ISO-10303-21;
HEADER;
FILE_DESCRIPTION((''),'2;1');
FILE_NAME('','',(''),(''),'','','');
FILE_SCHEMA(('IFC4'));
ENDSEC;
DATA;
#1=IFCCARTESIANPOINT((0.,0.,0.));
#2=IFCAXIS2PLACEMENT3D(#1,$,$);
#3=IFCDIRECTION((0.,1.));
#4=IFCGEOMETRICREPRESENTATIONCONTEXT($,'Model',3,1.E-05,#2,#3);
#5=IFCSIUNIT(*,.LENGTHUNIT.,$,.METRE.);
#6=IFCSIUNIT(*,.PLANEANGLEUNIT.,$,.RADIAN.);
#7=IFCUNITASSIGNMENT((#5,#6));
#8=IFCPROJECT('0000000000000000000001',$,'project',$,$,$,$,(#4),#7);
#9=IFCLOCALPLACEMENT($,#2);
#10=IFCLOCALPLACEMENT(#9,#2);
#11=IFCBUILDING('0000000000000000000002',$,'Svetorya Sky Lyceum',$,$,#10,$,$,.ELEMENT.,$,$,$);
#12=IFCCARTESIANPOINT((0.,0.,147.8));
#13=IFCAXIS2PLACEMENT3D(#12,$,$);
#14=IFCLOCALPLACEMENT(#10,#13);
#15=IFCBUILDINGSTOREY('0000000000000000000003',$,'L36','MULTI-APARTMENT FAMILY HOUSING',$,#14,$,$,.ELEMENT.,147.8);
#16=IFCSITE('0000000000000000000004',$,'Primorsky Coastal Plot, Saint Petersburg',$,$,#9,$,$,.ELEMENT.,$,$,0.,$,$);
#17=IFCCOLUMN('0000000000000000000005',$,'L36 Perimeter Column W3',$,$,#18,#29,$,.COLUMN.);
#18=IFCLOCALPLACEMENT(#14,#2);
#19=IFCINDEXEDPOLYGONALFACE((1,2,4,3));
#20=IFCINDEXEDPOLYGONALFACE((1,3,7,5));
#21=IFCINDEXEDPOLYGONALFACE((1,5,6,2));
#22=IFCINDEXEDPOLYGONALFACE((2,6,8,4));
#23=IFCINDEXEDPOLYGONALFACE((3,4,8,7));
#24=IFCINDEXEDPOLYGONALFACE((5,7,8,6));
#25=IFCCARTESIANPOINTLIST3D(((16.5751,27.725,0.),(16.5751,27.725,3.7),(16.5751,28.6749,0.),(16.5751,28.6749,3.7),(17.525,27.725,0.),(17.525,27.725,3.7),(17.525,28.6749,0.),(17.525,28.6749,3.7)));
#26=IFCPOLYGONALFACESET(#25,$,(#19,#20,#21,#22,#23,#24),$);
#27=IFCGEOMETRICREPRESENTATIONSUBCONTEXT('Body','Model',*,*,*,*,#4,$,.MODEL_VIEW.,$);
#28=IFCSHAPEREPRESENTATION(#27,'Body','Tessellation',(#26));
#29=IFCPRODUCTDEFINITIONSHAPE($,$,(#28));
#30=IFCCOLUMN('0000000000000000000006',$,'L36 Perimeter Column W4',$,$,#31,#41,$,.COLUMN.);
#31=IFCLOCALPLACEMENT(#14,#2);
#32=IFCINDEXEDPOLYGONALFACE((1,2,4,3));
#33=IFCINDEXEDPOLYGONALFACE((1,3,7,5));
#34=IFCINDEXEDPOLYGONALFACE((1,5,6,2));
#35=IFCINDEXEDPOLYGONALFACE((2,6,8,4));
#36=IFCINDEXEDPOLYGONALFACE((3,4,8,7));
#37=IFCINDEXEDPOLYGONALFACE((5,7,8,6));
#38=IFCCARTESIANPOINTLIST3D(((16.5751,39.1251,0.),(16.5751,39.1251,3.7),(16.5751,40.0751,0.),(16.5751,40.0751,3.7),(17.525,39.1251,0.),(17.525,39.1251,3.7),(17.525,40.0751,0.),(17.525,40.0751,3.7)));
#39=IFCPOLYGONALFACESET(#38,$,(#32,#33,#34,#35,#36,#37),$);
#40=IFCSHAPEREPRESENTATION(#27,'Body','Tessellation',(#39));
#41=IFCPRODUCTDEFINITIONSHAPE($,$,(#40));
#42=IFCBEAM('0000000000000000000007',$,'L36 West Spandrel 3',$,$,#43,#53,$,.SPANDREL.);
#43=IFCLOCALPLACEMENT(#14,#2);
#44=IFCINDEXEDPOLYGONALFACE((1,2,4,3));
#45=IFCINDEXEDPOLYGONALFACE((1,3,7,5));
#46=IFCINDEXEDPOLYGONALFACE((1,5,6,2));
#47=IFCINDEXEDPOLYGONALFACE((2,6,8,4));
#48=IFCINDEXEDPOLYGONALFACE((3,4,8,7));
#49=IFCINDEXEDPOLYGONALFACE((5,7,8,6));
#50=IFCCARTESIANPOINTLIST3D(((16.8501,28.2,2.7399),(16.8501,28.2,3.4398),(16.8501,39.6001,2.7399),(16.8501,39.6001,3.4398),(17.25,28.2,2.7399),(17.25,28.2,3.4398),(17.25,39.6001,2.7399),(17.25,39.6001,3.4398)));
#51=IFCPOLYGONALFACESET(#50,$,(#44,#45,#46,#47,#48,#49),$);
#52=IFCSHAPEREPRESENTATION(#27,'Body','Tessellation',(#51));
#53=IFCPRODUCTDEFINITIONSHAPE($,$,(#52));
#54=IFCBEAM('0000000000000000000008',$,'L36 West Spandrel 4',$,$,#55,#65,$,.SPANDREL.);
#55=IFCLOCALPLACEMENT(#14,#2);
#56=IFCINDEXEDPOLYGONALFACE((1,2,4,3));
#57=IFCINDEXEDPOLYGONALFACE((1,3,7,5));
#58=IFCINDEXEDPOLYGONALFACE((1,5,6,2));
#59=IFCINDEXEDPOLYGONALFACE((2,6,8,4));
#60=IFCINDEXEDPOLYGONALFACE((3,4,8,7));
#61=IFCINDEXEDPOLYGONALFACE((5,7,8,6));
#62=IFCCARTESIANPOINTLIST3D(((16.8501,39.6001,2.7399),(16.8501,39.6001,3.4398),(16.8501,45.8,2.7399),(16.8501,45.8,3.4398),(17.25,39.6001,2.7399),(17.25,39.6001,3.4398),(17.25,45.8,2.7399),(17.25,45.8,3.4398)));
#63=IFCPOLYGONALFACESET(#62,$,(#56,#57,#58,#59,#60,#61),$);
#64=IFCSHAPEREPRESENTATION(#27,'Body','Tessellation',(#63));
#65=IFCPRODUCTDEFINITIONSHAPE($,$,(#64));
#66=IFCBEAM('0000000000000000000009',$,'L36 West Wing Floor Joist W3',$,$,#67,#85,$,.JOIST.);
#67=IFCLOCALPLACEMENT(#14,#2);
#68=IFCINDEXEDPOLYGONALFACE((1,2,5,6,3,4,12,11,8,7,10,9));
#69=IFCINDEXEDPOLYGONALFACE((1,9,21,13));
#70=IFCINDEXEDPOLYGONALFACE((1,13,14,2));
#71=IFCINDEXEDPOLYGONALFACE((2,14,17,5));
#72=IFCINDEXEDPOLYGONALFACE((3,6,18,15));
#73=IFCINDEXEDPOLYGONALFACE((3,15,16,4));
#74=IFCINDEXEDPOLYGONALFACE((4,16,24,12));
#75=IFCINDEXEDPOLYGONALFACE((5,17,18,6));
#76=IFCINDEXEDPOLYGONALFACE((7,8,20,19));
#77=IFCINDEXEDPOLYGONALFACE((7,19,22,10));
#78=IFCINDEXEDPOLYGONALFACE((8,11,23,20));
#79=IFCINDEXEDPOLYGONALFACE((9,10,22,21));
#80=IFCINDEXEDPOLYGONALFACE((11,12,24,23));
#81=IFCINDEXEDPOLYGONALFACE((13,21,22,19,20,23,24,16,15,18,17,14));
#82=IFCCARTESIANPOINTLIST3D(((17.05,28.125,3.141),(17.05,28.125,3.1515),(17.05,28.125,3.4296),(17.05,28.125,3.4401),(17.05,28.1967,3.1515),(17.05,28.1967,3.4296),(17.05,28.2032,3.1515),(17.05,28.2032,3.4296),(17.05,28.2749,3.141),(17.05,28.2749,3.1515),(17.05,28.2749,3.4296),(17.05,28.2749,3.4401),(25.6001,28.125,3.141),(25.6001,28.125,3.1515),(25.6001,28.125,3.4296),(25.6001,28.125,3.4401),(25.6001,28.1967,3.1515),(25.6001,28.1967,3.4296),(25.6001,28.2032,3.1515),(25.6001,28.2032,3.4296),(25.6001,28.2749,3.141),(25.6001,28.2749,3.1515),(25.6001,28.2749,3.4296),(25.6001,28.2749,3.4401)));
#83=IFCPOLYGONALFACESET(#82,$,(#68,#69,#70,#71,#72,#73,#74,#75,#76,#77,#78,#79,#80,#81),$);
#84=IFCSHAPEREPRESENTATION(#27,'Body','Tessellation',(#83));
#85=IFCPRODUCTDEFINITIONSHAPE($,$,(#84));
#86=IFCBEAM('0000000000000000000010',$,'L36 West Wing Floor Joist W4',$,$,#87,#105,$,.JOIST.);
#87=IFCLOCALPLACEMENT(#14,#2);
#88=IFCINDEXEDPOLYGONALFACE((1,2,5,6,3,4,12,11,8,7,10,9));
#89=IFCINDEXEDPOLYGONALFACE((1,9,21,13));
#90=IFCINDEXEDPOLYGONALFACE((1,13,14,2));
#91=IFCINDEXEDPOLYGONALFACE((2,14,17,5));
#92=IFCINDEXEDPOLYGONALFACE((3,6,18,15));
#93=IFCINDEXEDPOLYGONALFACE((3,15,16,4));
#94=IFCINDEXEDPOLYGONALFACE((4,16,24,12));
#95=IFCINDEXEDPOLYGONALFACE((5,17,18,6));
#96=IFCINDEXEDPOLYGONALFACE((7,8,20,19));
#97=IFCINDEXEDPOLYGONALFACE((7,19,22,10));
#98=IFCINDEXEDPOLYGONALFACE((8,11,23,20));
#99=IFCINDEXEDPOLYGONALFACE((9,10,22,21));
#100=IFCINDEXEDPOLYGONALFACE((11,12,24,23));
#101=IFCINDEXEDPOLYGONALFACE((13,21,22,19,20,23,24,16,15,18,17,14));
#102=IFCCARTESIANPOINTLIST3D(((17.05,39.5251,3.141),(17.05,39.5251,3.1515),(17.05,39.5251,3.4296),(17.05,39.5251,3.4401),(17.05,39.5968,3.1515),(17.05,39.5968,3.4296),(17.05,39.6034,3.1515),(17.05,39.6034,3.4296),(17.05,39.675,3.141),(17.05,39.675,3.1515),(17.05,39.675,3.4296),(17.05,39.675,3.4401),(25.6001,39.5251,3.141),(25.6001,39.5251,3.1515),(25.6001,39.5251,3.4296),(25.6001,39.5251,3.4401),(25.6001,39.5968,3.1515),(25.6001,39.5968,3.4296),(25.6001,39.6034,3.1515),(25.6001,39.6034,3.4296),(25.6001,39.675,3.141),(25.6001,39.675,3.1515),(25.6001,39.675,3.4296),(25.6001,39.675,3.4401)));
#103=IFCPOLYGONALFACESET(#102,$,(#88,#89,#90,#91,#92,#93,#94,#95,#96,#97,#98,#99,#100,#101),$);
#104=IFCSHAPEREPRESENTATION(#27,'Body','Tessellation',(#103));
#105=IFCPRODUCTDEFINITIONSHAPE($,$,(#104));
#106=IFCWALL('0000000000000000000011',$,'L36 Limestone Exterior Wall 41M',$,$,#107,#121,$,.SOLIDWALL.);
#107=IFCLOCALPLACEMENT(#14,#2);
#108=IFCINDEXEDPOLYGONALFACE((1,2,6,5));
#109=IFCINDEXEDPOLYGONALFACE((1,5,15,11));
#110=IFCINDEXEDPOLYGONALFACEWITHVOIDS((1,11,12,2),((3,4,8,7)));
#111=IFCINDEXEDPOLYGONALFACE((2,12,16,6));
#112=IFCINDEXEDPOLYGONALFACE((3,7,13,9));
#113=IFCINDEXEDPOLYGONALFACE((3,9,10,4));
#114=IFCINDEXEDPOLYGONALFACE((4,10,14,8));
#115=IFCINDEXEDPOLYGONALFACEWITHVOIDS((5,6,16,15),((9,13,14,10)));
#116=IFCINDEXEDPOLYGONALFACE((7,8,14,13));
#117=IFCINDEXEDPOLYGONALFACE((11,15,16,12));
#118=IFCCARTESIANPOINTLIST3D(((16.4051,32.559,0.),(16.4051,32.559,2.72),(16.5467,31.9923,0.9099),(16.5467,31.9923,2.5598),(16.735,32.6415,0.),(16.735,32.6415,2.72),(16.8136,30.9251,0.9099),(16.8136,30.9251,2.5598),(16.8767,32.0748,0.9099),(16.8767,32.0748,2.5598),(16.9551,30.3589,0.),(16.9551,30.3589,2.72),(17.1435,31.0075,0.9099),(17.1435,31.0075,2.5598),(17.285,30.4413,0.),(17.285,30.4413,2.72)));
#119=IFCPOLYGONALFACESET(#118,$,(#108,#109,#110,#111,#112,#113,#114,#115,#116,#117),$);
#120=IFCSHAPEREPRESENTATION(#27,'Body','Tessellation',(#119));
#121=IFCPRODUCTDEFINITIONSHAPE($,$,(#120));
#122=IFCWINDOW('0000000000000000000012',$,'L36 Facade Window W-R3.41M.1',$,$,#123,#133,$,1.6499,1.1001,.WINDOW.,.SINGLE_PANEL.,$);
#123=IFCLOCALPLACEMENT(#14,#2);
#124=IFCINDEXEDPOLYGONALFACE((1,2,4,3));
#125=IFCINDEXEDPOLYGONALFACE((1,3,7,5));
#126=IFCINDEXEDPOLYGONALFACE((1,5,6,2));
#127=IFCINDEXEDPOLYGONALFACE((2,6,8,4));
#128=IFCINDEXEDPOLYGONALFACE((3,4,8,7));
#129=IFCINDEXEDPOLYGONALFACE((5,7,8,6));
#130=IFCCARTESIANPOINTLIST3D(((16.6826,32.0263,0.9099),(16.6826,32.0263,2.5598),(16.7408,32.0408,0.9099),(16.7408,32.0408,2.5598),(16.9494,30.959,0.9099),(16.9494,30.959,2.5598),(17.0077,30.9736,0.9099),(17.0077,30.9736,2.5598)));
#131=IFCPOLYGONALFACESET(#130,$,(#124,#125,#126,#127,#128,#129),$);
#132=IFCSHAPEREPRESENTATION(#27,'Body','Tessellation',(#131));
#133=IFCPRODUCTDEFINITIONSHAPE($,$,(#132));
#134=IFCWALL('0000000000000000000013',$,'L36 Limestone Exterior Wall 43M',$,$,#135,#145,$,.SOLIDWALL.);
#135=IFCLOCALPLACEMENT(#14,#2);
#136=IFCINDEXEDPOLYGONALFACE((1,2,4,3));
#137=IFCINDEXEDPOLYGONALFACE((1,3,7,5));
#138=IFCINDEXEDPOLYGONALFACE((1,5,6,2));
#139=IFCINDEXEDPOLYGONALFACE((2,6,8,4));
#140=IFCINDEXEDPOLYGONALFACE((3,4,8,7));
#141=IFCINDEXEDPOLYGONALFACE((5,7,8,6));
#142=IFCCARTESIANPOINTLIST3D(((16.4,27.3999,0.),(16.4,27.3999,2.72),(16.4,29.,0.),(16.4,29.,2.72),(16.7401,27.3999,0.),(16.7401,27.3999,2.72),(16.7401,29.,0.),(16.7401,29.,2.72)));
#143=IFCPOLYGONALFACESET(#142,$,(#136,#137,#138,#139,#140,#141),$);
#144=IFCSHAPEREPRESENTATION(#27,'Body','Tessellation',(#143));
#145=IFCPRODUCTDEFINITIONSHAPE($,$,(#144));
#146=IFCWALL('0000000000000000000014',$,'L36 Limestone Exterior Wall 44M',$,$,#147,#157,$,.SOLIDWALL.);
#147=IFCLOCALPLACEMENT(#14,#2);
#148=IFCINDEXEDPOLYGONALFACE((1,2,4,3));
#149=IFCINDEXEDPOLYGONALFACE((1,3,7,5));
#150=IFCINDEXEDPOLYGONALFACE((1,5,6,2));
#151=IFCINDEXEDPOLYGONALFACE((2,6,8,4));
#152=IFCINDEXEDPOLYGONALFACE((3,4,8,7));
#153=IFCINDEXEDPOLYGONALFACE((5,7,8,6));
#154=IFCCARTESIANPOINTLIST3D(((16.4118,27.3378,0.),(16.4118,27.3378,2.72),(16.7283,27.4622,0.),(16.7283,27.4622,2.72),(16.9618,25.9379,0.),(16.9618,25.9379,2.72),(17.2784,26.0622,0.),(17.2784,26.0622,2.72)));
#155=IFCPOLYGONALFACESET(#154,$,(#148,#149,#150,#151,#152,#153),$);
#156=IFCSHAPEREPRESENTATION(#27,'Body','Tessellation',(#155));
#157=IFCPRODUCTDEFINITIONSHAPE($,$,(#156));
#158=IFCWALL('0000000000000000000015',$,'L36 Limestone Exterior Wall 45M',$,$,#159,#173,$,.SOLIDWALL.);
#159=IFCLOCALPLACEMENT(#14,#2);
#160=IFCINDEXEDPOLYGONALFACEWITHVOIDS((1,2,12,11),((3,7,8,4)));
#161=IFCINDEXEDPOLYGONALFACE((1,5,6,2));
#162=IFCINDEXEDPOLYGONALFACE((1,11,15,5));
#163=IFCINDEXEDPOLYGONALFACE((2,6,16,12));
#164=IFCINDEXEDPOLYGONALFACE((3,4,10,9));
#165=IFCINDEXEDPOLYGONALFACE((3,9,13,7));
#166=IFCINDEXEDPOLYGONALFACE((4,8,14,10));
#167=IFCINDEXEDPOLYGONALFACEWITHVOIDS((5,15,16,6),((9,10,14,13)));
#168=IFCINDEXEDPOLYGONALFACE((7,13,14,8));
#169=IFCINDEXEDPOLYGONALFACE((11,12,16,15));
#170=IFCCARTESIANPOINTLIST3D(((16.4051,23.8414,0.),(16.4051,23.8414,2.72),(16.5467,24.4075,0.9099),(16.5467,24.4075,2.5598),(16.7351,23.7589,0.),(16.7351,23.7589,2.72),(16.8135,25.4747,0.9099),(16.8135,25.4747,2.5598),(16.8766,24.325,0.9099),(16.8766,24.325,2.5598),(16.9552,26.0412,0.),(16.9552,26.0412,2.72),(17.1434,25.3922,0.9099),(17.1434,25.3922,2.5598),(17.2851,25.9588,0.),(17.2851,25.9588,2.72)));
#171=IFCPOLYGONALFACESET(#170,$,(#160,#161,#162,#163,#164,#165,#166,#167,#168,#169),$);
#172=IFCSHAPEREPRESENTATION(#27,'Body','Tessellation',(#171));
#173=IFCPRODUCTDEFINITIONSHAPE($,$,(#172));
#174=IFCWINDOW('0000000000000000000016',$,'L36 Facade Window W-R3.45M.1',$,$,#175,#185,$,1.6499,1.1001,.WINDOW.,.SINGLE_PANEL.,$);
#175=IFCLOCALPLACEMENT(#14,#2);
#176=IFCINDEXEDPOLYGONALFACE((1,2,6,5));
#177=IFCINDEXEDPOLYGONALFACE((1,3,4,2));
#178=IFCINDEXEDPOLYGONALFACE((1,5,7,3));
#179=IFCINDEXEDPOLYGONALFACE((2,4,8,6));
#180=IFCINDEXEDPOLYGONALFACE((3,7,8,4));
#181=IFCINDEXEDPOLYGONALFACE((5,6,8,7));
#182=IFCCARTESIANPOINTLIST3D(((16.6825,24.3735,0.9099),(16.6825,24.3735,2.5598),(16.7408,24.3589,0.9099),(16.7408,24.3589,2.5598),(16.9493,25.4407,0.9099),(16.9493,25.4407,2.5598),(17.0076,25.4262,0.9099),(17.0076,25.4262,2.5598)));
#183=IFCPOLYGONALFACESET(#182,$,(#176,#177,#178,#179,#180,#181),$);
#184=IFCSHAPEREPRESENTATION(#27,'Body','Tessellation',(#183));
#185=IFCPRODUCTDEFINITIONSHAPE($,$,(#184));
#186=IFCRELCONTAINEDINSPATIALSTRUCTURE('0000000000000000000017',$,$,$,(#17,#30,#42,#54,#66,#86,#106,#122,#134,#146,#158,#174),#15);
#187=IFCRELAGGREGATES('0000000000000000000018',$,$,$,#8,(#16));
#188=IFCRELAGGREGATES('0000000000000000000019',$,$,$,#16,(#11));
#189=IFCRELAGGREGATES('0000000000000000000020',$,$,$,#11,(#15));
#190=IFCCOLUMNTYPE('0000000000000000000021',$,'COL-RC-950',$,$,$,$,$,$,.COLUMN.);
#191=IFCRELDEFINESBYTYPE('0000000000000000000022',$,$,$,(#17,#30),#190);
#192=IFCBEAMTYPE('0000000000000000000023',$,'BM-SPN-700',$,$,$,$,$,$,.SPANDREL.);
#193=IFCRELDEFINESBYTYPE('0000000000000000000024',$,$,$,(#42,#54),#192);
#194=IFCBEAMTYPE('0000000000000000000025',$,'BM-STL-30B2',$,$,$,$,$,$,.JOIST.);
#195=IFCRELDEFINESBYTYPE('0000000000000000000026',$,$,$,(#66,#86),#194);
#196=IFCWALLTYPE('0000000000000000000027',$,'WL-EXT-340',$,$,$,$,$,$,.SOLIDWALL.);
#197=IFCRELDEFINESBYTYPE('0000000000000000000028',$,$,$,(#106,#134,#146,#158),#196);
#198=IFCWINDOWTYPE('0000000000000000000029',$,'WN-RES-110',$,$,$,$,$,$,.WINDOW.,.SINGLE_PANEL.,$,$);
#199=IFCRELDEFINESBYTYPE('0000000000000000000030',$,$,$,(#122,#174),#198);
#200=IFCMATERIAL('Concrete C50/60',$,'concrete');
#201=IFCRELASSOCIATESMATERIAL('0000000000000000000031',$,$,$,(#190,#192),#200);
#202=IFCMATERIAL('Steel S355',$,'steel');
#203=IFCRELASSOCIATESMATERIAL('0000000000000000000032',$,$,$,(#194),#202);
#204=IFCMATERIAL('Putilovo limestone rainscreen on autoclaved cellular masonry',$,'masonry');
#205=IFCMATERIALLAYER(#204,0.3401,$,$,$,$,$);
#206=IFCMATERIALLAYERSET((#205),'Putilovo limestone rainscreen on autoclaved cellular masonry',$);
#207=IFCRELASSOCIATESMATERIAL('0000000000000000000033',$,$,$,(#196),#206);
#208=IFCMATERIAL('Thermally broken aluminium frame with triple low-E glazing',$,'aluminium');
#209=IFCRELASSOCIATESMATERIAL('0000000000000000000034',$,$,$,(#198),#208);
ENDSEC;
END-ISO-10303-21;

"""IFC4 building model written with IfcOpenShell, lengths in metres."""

from ifc_helpers import new_model, si_unit, direction, frame, frame_2d, origin, origin_2d, place, context, subcontext, project, spatial, rectangle, i_section, extrude, material, layer, layer_set, material_profile, profile_set, type_object, element, fill, save


model = new_model("IFC4")

# Units and contexts
model_context = context("Model", 3, precision=1e-05, world=origin(), true_north=direction((0.0, 1.0)))
body_context = subcontext(model_context, "Body", "Model", "MODEL_VIEW")
ifc_project = project(units=[si_unit("LENGTHUNIT", "METRE"), si_unit("PLANEANGLEUNIT", "RADIAN")], contexts=[model_context])

# Site, building, storey
site_placement = place(None, origin())
site = spatial("IfcSite", under=ifc_project, at=site_placement, Name="Primorsky Coastal Plot, Saint Petersburg", CompositionType="ELEMENT", RefElevation=0.0)
building_placement = place(site_placement, origin())
building = spatial("IfcBuilding", under=site, at=building_placement, Name="Svetorya Sky Lyceum", CompositionType="ELEMENT")
storey_placement = place(building_placement, frame((0.0, 0.0, 147.8)))
storey = spatial("IfcBuildingStorey", under=building, at=storey_placement, Name="L36", Description="MULTI-APARTMENT FAMILY HOUSING", CompositionType="ELEMENT", Elevation=147.8)

# Columns
ifc_material_1 = material(Name="Concrete C50/60", Category="concrete")
ifc_material_profile_1 = material_profile(ifc_material_1, rectangle(XDim=0.95, YDim=0.95, at=origin_2d()), Name="RC COL 950x950")
ifc_profile_set_1 = profile_set([ifc_material_profile_1], Name="Concrete C50/60")
column_type = type_object("IfcColumnType", Name="COL-RC-950", PredefinedType="COLUMN", material=ifc_profile_set_1)
for number, where, z_axis, x_axis, name in (
    (1, (17.05, 28.2, 0.0), (0.0, 0.0, 1.0), (1.0, 0.0, 0.0), "L36 Perimeter Column W3"),
    (2, (17.05, 39.6001, 0.0), (0.0, 0.0, 1.0), (1.0, 0.0, 0.0), "L36 Perimeter Column W4"),
):
    element("IfcColumn", number, at=place(storey_placement, frame(where, z_axis=z_axis, x_axis=x_axis)), inside=storey, type_object=column_type, Name=name, PredefinedType="COLUMN", context=body_context, shape_type="SweptSolid", body=[
        extrude(rectangle(XDim=0.95, YDim=0.95, at=origin_2d()), origin(), (0.0, 0.0, 1.0), 3.7),
    ])

# Beams
ifc_material_profile_2 = material_profile(ifc_material_1, rectangle(XDim=0.3999, YDim=0.7, at=origin_2d()), Name="RC SPANDREL 400x700")
ifc_profile_set_2 = profile_set([ifc_material_profile_2], Name="Concrete C50/60")
beam_type_1 = type_object("IfcBeamType", Name="BM-SPN-700", PredefinedType="SPANDREL", material=ifc_profile_set_2)
beam_1_placement = place(storey_placement, frame((17.05, 28.2, 3.0898), z_axis=(0.0, 1.0, 0.0), x_axis=(-1.0, 0.0, 0.0)))
element("IfcBeam", 3, at=beam_1_placement, inside=storey, type_object=beam_type_1, Name="L36 West Spandrel 3", PredefinedType="SPANDREL", context=body_context, shape_type="SweptSolid", body=[
    extrude(rectangle(XDim=0.3999, YDim=0.7, at=origin_2d()), origin(), (0.0, 0.0, 1.0), 11.4001),
])
beam_2_placement = place(storey_placement, frame((17.05, 39.6001, 3.0898), z_axis=(0.0, 1.0, 0.0), x_axis=(-1.0, 0.0, 0.0)))
element("IfcBeam", 4, at=beam_2_placement, inside=storey, type_object=beam_type_1, Name="L36 West Spandrel 4", PredefinedType="SPANDREL", context=body_context, shape_type="SweptSolid", body=[
    extrude(rectangle(XDim=0.3999, YDim=0.7, at=origin_2d()), origin(), (0.0, 0.0, 1.0), 6.2),
])
ifc_material_2 = material(Name="Steel S355", Category="steel")
ifc_material_profile_3 = material_profile(ifc_material_2, i_section(OverallWidth=0.1499, OverallDepth=0.2991, WebThickness=0.0066, FlangeThickness=0.0105, at=origin_2d()), Name="GOST 30B2")
ifc_profile_set_3 = profile_set([ifc_material_profile_3], Name="Steel S355")
beam_type_2 = type_object("IfcBeamType", Name="BM-STL-30B2", PredefinedType="JOIST", material=ifc_profile_set_3)
for number, where, z_axis, x_axis, name in (
    (5, (17.05, 28.2, 3.2905), (1.0, 0.0, 0.0), (0.0, 1.0, 0.0), "L36 West Wing Floor Joist W3"),
    (6, (17.05, 39.6001, 3.2905), (1.0, 0.0, 0.0), (0.0, 1.0, 0.0), "L36 West Wing Floor Joist W4"),
):
    element("IfcBeam", number, at=place(storey_placement, frame(where, z_axis=z_axis, x_axis=x_axis)), inside=storey, type_object=beam_type_2, Name=name, PredefinedType="JOIST", context=body_context, shape_type="SweptSolid", body=[
        extrude(i_section(OverallWidth=0.1499, OverallDepth=0.2991, WebThickness=0.0066, FlangeThickness=0.0105, at=origin_2d()), origin(), (0.0, 0.0, 1.0), 8.55),
    ])

# Wall, opening, window
ifc_material_3 = material(Name="Putilovo limestone rainscreen on autoclaved cellular masonry", Category="masonry")
ifc_layer_1 = layer(ifc_material_3, 0.3401)
ifc_layer_set_1 = layer_set([ifc_layer_1], Name="Putilovo limestone rainscreen on autoclaved cellular masonry")
wall_type_1 = type_object("IfcWallType", Name="WL-EXT-340", PredefinedType="SOLIDWALL", material=ifc_layer_set_1)
wall_1_placement = place(storey_placement, frame((16.5701, 32.6001, 0.0), z_axis=(0.0, 0.0, 1.0), x_axis=(0.242536, -0.970143, 0.0)))
wall_1 = element("IfcWall", 7, at=wall_1_placement, inside=storey, type_object=wall_type_1, Name="L36 Limestone Exterior Wall 41M", PredefinedType="SOLIDWALL", context=body_context, shape_type="SweptSolid", body=[
    extrude(rectangle(XDim=2.2678, YDim=0.3401, at=frame_2d((1.1338, 0.0))), origin(), (0.0, 0.0, 1.0), 2.72),
])
opening_1_placement = place(wall_1_placement, frame((0.584, 0.0, 0.9099)))
opening_1 = element("IfcOpeningElement", 8, at=opening_1_placement, cuts=wall_1, PredefinedType="OPENING", context=body_context, shape_type="SweptSolid", body=[
    extrude(rectangle(XDim=1.1001, YDim=1.6499, at=frame_2d((0.55, 0.825))), frame((0.0, 0.1799, 0.0), z_axis=(0.0, -1.0, 0.0), x_axis=(1.0, 0.0, 0.0)), (0.0, 0.0, 1.0), 0.3601),
])
ifc_material_4 = material(Name="Thermally broken aluminium frame with triple low-E glazing", Category="aluminium")
window_type_1 = type_object("IfcWindowType", Name="WN-RES-110", PartitioningType="SINGLE_PANEL", PredefinedType="WINDOW", material=ifc_material_4)
window_1_placement = place(opening_1_placement, origin())
window_1 = element("IfcWindow", 9, at=window_1_placement, inside=storey, type_object=window_type_1, Name="L36 Facade Window W-R3.41M.1", OverallHeight=1.6499, OverallWidth=1.1001, PartitioningType="SINGLE_PANEL", PredefinedType="WINDOW", context=body_context, shape_type="SweptSolid", body=[
    extrude(rectangle(XDim=1.1001, YDim=1.6499, at=frame_2d((0.55, 0.825))), frame((0.0, 0.03, 0.0), z_axis=(0.0, -1.0, 0.0), x_axis=(1.0, 0.0, 0.0)), (0.0, 0.0, 1.0), 0.0601),
])
fill(opening_1, window_1)

# Walls
wall_2_placement = place(storey_placement, frame((16.5701, 29.0, 0.0), z_axis=(0.0, 0.0, 1.0), x_axis=(0.0, -1.0, 0.0)))
element("IfcWall", 10, at=wall_2_placement, inside=storey, type_object=wall_type_1, Name="L36 Limestone Exterior Wall 43M", PredefinedType="SOLIDWALL", context=body_context, shape_type="SweptSolid", body=[
    extrude(rectangle(XDim=1.6001, YDim=0.3401, at=frame_2d((0.8, 0.0))), origin(), (0.0, 0.0, 1.0), 2.72),
])
wall_3_placement = place(storey_placement, frame((16.5701, 27.3999, 0.0), z_axis=(0.0, 0.0, 1.0), x_axis=(0.365703, -0.930732, 0.0)))
element("IfcWall", 11, at=wall_3_placement, inside=storey, type_object=wall_type_1, Name="L36 Limestone Exterior Wall 44M", PredefinedType="SOLIDWALL", context=body_context, shape_type="SweptSolid", body=[
    extrude(rectangle(XDim=1.5042, YDim=0.3401, at=frame_2d((0.752, 0.0))), origin(), (0.0, 0.0, 1.0), 2.72),
])

# Wall, opening, window
wall_4_placement = place(storey_placement, frame((17.1201, 26.0, 0.0), z_axis=(0.0, 0.0, 1.0), x_axis=(-0.242561, -0.970136, 0.0)))
wall_4 = element("IfcWall", 12, at=wall_4_placement, inside=storey, type_object=wall_type_1, Name="L36 Limestone Exterior Wall 45M", PredefinedType="SOLIDWALL", context=body_context, shape_type="SweptSolid", body=[
    extrude(rectangle(XDim=2.2676, YDim=0.3401, at=frame_2d((1.1338, 0.0))), origin(), (0.0, 0.0, 1.0), 2.72),
])
opening_2_placement = place(wall_4_placement, frame((0.584, 0.0, 0.9099)))
opening_2 = element("IfcOpeningElement", 13, at=opening_2_placement, cuts=wall_4, PredefinedType="OPENING", context=body_context, shape_type="SweptSolid", body=[
    extrude(rectangle(XDim=1.1001, YDim=1.6499, at=frame_2d((0.55, 0.825))), frame((0.0, 0.1799, 0.0), z_axis=(0.0, -1.0, 0.0), x_axis=(1.0, 0.0, 0.0)), (0.0, 0.0, 1.0), 0.3601),
])
window_2_placement = place(opening_2_placement, origin())
window_2 = element("IfcWindow", 14, at=window_2_placement, inside=storey, type_object=window_type_1, Name="L36 Facade Window W-R3.45M.1", OverallHeight=1.6499, OverallWidth=1.1001, PartitioningType="SINGLE_PANEL", PredefinedType="WINDOW", context=body_context, shape_type="SweptSolid", body=[
    extrude(rectangle(XDim=1.1001, YDim=1.6499, at=frame_2d((0.55, 0.825))), frame((0.0, 0.03, 0.0), z_axis=(0.0, -1.0, 0.0), x_axis=(1.0, 0.0, 0.0)), (0.0, 0.0, 1.0), 0.0601),
])
fill(opening_2, window_2)

save(model, "model.ifc")
